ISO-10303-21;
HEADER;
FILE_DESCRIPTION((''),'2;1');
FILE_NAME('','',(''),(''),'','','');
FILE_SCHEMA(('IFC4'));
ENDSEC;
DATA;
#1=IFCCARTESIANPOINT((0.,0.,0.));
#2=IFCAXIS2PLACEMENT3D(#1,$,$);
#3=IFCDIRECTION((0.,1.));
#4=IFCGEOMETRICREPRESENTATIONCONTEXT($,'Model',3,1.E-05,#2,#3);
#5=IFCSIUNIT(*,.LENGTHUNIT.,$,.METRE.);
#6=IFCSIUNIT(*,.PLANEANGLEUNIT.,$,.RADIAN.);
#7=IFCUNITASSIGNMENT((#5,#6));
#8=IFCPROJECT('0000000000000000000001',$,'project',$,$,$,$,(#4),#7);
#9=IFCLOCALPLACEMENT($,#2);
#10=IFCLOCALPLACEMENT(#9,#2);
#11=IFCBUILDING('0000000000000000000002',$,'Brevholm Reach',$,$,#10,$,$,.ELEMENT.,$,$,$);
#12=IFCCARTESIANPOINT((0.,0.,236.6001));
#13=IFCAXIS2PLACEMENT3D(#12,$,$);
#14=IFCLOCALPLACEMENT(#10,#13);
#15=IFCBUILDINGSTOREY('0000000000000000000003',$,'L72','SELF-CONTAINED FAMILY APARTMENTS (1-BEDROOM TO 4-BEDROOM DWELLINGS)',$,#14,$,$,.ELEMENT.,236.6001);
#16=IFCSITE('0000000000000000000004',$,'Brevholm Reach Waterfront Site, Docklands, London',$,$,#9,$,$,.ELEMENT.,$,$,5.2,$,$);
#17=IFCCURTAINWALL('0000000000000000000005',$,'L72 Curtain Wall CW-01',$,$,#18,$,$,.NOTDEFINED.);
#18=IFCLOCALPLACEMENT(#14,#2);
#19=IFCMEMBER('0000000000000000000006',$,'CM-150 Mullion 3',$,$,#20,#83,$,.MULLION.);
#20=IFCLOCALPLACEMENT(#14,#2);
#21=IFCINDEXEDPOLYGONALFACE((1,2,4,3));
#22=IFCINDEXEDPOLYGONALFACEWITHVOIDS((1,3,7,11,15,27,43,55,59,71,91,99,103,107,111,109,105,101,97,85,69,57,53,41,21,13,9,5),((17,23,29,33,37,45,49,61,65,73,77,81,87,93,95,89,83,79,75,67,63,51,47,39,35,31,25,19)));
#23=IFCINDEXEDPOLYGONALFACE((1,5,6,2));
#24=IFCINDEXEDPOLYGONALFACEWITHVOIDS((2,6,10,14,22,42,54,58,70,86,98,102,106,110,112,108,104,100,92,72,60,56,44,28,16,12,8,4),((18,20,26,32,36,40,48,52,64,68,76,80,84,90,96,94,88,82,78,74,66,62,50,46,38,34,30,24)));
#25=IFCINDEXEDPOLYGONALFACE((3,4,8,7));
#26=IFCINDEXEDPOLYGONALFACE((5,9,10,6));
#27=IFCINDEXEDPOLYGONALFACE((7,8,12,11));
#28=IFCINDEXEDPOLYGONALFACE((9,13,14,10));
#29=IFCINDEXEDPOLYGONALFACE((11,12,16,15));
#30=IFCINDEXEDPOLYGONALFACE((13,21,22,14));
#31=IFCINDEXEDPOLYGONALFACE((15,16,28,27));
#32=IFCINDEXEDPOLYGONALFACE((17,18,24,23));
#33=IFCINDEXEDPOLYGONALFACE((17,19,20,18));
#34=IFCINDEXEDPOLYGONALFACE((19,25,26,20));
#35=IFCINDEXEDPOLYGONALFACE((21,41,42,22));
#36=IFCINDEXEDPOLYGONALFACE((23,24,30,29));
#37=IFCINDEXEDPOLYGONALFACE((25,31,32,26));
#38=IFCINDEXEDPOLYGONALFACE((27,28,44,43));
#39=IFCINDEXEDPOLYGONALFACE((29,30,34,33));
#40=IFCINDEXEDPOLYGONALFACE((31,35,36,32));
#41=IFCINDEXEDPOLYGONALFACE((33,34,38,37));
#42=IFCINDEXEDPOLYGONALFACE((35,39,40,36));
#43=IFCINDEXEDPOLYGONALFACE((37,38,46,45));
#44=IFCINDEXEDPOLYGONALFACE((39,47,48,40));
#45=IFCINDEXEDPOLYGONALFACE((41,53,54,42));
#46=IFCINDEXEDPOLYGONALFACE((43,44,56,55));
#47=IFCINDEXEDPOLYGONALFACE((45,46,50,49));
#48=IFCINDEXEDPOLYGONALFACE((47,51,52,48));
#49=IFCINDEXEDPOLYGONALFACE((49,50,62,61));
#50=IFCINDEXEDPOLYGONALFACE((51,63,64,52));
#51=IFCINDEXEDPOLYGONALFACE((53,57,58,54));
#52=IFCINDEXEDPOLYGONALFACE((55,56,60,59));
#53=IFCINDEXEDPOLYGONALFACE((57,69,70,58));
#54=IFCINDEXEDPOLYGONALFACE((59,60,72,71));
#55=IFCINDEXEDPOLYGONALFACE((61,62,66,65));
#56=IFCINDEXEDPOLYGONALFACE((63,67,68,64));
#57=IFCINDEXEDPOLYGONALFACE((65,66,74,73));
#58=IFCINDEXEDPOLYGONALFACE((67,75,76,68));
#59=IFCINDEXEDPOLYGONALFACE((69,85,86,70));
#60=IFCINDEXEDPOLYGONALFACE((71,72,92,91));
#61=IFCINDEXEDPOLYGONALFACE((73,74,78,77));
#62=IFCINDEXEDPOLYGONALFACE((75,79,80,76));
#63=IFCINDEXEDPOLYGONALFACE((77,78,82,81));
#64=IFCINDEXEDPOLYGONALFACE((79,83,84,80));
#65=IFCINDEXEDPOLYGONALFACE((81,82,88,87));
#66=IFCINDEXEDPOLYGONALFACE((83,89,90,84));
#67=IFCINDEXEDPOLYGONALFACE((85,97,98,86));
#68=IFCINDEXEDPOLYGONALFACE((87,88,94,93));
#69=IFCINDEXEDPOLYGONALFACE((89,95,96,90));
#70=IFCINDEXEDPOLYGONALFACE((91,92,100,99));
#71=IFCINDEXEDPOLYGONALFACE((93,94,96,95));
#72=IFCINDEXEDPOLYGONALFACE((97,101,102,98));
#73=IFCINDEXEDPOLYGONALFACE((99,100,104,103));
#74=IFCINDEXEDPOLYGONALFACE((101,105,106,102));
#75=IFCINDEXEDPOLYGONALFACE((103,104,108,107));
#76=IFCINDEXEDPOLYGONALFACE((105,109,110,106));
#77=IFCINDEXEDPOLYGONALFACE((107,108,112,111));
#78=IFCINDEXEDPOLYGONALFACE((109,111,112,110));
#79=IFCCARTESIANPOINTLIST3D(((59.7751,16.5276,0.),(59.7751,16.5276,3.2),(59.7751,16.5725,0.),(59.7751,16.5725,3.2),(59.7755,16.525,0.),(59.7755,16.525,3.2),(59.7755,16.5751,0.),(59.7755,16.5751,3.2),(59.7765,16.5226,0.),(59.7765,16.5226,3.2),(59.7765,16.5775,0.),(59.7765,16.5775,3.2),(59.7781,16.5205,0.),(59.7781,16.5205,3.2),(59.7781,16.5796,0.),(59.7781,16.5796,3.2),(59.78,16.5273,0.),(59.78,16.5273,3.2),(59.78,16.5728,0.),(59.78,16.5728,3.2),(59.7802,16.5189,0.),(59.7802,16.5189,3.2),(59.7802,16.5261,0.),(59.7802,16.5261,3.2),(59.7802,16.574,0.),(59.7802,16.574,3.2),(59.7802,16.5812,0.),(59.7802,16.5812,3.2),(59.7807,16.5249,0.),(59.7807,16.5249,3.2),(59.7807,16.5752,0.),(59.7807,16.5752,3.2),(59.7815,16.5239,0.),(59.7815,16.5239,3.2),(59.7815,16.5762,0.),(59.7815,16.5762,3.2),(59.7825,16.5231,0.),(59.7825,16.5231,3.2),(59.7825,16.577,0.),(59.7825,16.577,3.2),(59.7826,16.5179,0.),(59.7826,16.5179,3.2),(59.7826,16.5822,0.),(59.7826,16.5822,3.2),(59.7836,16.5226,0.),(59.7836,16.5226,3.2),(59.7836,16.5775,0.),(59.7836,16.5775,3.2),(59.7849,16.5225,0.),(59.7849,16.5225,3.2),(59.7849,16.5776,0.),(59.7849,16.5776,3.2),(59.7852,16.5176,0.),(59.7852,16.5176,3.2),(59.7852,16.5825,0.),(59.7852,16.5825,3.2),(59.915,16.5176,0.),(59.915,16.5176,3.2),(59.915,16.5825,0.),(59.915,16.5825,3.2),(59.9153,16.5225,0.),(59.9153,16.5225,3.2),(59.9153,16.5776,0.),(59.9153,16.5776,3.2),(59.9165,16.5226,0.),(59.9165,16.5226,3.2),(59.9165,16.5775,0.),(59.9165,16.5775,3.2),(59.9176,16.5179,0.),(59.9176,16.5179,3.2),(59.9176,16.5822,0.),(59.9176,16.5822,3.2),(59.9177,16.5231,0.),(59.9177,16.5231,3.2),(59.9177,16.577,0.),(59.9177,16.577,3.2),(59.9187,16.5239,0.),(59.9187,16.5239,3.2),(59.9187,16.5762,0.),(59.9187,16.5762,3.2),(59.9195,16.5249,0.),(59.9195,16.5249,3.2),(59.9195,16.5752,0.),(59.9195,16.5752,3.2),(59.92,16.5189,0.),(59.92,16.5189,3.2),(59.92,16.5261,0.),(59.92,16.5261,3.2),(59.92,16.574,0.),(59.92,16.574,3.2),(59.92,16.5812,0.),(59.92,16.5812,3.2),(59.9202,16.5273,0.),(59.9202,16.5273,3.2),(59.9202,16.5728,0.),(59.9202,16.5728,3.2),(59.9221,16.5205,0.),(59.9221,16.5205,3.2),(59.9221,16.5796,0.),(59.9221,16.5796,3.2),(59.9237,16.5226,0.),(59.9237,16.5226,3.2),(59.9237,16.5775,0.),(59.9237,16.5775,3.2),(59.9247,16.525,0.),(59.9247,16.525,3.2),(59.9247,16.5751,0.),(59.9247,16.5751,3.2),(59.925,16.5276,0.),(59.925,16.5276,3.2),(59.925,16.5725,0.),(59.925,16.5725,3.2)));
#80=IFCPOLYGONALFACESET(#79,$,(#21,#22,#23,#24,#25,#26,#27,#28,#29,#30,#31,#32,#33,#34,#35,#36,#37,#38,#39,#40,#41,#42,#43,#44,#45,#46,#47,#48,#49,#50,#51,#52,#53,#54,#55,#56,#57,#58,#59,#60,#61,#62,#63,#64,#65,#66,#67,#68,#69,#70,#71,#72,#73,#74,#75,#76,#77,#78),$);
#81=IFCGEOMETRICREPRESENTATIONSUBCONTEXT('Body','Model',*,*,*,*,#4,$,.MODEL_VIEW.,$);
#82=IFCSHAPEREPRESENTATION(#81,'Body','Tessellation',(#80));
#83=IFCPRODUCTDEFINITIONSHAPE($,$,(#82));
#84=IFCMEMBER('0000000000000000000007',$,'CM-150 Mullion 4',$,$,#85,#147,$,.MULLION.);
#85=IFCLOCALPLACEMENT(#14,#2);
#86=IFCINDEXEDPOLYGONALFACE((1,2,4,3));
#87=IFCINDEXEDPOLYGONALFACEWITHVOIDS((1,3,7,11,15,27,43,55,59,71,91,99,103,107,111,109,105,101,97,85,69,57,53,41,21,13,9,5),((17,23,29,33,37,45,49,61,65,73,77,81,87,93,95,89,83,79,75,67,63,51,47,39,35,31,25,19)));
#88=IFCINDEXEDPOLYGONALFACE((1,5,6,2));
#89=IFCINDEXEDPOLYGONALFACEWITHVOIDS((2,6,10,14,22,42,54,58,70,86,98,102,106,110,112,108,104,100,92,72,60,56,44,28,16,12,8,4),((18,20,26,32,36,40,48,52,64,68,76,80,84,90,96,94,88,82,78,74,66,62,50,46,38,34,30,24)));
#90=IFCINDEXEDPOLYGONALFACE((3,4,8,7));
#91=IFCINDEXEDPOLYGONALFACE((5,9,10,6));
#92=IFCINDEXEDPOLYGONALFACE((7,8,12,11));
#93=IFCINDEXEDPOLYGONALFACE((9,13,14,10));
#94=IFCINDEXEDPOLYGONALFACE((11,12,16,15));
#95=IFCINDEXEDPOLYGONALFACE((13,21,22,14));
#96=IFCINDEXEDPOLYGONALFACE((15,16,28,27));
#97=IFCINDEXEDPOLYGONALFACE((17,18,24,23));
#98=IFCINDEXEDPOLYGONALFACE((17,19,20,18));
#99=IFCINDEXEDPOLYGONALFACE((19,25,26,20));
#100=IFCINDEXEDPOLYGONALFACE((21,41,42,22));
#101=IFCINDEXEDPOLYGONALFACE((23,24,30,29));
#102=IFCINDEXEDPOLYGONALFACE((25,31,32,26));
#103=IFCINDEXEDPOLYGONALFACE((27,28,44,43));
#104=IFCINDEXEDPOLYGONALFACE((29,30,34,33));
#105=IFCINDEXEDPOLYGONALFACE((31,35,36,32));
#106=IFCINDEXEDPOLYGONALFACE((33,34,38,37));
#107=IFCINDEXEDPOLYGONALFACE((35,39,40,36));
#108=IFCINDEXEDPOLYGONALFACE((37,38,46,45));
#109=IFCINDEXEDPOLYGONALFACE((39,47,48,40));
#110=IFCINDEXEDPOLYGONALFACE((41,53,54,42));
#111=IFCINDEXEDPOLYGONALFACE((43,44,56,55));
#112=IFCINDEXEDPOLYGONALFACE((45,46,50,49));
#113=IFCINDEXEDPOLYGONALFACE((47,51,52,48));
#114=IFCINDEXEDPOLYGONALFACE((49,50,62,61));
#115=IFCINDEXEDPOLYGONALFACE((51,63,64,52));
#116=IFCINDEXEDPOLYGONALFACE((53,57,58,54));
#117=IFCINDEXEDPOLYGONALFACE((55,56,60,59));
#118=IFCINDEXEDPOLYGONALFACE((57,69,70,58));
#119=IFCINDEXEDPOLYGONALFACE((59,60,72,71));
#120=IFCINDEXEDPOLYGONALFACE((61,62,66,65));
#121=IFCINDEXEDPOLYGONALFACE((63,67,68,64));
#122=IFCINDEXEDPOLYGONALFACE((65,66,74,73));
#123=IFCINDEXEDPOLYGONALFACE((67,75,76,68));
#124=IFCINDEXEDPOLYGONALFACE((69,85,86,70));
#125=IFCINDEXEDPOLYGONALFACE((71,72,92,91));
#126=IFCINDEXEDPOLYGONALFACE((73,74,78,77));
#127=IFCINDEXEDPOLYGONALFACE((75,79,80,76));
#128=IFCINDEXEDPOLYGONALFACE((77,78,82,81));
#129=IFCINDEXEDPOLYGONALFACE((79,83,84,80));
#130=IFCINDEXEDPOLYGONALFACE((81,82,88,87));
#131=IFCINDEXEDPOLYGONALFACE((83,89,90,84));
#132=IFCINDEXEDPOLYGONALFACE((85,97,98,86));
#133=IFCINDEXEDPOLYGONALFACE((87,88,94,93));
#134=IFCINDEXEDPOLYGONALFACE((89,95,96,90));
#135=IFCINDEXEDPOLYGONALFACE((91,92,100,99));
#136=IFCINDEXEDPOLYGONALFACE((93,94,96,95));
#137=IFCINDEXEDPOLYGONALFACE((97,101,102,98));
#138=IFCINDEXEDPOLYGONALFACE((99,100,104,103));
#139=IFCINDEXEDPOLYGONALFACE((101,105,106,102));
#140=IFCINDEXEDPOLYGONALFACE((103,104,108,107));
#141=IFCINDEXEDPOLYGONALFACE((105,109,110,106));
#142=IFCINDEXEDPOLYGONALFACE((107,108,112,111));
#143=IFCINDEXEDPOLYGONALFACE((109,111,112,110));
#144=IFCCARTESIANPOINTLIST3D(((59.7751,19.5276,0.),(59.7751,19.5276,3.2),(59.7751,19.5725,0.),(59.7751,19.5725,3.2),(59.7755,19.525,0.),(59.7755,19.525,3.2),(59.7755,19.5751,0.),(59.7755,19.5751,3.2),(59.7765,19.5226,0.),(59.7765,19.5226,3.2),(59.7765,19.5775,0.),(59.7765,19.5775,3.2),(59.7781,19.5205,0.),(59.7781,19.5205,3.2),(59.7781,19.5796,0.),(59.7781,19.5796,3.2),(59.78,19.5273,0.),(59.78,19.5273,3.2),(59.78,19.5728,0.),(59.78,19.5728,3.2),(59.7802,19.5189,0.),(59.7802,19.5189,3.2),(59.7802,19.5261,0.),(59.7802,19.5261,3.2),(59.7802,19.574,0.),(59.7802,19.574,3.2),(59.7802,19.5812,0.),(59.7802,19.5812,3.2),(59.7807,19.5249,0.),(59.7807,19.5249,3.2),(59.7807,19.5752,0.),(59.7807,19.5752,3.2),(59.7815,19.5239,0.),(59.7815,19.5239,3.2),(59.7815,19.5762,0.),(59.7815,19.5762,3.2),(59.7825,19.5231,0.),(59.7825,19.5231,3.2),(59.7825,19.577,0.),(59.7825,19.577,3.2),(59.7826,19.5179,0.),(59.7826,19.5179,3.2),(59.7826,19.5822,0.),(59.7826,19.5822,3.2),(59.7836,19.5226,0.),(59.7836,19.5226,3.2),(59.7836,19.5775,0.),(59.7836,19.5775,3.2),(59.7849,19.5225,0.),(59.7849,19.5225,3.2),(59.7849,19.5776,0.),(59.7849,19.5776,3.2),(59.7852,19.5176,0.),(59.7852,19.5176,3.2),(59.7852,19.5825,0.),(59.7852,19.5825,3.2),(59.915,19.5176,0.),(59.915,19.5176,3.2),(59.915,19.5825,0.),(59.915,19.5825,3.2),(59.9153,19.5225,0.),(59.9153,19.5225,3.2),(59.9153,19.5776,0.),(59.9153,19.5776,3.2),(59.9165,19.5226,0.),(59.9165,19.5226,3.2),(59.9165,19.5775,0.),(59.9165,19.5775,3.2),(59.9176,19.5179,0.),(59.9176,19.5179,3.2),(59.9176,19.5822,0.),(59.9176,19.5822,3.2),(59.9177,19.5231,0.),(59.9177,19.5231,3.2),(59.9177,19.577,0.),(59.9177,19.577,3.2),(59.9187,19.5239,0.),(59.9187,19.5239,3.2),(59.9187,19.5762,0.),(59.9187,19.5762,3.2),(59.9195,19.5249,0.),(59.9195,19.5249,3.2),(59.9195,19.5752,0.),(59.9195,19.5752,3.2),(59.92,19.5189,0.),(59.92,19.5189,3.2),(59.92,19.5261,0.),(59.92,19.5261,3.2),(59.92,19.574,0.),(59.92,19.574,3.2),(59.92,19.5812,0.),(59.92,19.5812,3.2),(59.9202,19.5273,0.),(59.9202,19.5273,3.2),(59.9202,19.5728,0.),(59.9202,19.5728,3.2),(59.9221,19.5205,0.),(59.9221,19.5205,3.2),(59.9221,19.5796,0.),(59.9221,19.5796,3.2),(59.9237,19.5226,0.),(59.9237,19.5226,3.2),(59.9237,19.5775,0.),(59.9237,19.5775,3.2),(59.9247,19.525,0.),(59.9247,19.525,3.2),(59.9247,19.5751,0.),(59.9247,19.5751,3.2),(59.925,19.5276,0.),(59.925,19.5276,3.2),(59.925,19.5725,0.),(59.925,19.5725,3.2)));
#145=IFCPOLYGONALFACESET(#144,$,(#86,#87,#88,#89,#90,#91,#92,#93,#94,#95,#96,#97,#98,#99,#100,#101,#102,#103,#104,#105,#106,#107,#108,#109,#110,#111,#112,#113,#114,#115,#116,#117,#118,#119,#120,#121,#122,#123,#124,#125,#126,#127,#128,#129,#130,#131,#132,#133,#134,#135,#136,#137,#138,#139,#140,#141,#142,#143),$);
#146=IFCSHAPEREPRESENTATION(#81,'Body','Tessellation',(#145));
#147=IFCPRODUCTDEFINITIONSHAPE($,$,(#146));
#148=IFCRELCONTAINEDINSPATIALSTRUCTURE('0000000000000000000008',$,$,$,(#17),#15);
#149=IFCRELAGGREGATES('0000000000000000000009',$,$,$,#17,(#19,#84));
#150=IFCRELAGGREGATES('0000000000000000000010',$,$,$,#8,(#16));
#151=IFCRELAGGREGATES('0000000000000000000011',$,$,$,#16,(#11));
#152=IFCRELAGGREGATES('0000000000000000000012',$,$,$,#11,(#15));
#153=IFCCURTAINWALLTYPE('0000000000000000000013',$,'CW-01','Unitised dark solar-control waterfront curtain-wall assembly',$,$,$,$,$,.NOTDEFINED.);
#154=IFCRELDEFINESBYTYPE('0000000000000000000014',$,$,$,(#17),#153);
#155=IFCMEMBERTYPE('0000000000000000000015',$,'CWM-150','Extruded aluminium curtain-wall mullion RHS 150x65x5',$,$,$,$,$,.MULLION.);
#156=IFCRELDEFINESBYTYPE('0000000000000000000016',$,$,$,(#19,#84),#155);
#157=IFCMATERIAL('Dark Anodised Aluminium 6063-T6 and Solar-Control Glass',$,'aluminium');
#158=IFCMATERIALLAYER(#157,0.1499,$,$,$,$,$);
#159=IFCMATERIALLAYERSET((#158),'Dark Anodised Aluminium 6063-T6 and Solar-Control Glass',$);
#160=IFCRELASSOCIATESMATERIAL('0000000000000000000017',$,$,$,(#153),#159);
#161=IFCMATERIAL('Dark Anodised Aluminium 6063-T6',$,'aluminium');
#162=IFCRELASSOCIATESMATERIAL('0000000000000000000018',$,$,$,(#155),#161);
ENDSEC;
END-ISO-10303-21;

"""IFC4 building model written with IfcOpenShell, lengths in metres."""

from ifc_helpers import new_model, si_unit, direction, frame, origin, origin_2d, place, context, subcontext, project, spatial, hollow_rectangle, extrude, material, layer, layer_set, material_profile, profile_set, type_object, element, aggregate, save


model = new_model("IFC4")

# Units and contexts
model_context = context("Model", 3, precision=1e-05, world=origin(), true_north=direction((0.0, 1.0)))
body_context = subcontext(model_context, "Body", "Model", "MODEL_VIEW")
ifc_project = project(units=[si_unit("LENGTHUNIT", "METRE"), si_unit("PLANEANGLEUNIT", "RADIAN")], contexts=[model_context])

# Site, building, storey
site_placement = place(None, origin())
site = spatial("IfcSite", under=ifc_project, at=site_placement, Name="Brevholm Reach Waterfront Site, Docklands, London", CompositionType="ELEMENT", RefElevation=5.2)
building_placement = place(site_placement, origin())
building = spatial("IfcBuilding", under=site, at=building_placement, Name="Brevholm Reach", CompositionType="ELEMENT")
storey_placement = place(building_placement, frame((0.0, 0.0, 236.6001)))
storey = spatial("IfcBuildingStorey", under=building, at=storey_placement, Name="L72", Description="SELF-CONTAINED FAMILY APARTMENTS (1-BEDROOM TO 4-BEDROOM DWELLINGS)", CompositionType="ELEMENT", Elevation=236.6001)

# Curtain wall, members
ifc_material_1 = material(Name="Dark Anodised Aluminium 6063-T6 and Solar-Control Glass", Category="aluminium")
ifc_layer_1 = layer(ifc_material_1, 0.1499)
ifc_layer_set_1 = layer_set([ifc_layer_1], Name="Dark Anodised Aluminium 6063-T6 and Solar-Control Glass")
curtain_wall_type = type_object("IfcCurtainWallType", Name="CW-01", Description="Unitised dark solar-control waterfront curtain-wall assembly", PredefinedType="NOTDEFINED", material=ifc_layer_set_1)
curtain_wall_placement = place(storey_placement, origin())
curtain_wall = element("IfcCurtainWall", 1, at=curtain_wall_placement, inside=storey, type_object=curtain_wall_type, Name="L72 Curtain Wall CW-01", PredefinedType="NOTDEFINED")
ifc_material_2 = material(Name="Dark Anodised Aluminium 6063-T6", Category="aluminium")
ifc_material_profile_1 = material_profile(ifc_material_2, hollow_rectangle(XDim=0.0649, YDim=0.1499, WallThickness=0.0049, InnerFilletRadius=0.0049, OuterFilletRadius=0.01, at=origin_2d()), Name="RHS 150x65x5")
ifc_profile_set_1 = profile_set([ifc_material_profile_1], Name="Dark Anodised Aluminium 6063-T6")
member_type_1 = type_object("IfcMemberType", Name="CWM-150", Description="Extruded aluminium curtain-wall mullion RHS 150x65x5", PredefinedType="MULLION", material=ifc_profile_set_1)
member_1_placement = place(storey_placement, frame((59.8501, 16.55, 0.0), z_axis=(0.0, 0.0, 1.0), x_axis=(0.0, 1.0, 0.0)))
member_1 = element("IfcMember", 2, at=member_1_placement, type_object=member_type_1, Name="CM-150 Mullion 3", PredefinedType="MULLION", context=body_context, shape_type="SweptSolid", body=[
    extrude(hollow_rectangle(XDim=0.0649, YDim=0.1499, WallThickness=0.0049, InnerFilletRadius=0.0049, OuterFilletRadius=0.01, at=origin_2d()), origin(), (0.0, 0.0, 1.0), 3.2),
])
member_2_placement = place(storey_placement, frame((59.8501, 19.55, 0.0), z_axis=(0.0, 0.0, 1.0), x_axis=(0.0, 1.0, 0.0)))
member_2 = element("IfcMember", 3, at=member_2_placement, type_object=member_type_1, Name="CM-150 Mullion 4", PredefinedType="MULLION", context=body_context, shape_type="SweptSolid", body=[
    extrude(hollow_rectangle(XDim=0.0649, YDim=0.1499, WallThickness=0.0049, InnerFilletRadius=0.0049, OuterFilletRadius=0.01, at=origin_2d()), origin(), (0.0, 0.0, 1.0), 3.2),
])
aggregate(curtain_wall, [member_1, member_2])

save(model, "model.ifc")
